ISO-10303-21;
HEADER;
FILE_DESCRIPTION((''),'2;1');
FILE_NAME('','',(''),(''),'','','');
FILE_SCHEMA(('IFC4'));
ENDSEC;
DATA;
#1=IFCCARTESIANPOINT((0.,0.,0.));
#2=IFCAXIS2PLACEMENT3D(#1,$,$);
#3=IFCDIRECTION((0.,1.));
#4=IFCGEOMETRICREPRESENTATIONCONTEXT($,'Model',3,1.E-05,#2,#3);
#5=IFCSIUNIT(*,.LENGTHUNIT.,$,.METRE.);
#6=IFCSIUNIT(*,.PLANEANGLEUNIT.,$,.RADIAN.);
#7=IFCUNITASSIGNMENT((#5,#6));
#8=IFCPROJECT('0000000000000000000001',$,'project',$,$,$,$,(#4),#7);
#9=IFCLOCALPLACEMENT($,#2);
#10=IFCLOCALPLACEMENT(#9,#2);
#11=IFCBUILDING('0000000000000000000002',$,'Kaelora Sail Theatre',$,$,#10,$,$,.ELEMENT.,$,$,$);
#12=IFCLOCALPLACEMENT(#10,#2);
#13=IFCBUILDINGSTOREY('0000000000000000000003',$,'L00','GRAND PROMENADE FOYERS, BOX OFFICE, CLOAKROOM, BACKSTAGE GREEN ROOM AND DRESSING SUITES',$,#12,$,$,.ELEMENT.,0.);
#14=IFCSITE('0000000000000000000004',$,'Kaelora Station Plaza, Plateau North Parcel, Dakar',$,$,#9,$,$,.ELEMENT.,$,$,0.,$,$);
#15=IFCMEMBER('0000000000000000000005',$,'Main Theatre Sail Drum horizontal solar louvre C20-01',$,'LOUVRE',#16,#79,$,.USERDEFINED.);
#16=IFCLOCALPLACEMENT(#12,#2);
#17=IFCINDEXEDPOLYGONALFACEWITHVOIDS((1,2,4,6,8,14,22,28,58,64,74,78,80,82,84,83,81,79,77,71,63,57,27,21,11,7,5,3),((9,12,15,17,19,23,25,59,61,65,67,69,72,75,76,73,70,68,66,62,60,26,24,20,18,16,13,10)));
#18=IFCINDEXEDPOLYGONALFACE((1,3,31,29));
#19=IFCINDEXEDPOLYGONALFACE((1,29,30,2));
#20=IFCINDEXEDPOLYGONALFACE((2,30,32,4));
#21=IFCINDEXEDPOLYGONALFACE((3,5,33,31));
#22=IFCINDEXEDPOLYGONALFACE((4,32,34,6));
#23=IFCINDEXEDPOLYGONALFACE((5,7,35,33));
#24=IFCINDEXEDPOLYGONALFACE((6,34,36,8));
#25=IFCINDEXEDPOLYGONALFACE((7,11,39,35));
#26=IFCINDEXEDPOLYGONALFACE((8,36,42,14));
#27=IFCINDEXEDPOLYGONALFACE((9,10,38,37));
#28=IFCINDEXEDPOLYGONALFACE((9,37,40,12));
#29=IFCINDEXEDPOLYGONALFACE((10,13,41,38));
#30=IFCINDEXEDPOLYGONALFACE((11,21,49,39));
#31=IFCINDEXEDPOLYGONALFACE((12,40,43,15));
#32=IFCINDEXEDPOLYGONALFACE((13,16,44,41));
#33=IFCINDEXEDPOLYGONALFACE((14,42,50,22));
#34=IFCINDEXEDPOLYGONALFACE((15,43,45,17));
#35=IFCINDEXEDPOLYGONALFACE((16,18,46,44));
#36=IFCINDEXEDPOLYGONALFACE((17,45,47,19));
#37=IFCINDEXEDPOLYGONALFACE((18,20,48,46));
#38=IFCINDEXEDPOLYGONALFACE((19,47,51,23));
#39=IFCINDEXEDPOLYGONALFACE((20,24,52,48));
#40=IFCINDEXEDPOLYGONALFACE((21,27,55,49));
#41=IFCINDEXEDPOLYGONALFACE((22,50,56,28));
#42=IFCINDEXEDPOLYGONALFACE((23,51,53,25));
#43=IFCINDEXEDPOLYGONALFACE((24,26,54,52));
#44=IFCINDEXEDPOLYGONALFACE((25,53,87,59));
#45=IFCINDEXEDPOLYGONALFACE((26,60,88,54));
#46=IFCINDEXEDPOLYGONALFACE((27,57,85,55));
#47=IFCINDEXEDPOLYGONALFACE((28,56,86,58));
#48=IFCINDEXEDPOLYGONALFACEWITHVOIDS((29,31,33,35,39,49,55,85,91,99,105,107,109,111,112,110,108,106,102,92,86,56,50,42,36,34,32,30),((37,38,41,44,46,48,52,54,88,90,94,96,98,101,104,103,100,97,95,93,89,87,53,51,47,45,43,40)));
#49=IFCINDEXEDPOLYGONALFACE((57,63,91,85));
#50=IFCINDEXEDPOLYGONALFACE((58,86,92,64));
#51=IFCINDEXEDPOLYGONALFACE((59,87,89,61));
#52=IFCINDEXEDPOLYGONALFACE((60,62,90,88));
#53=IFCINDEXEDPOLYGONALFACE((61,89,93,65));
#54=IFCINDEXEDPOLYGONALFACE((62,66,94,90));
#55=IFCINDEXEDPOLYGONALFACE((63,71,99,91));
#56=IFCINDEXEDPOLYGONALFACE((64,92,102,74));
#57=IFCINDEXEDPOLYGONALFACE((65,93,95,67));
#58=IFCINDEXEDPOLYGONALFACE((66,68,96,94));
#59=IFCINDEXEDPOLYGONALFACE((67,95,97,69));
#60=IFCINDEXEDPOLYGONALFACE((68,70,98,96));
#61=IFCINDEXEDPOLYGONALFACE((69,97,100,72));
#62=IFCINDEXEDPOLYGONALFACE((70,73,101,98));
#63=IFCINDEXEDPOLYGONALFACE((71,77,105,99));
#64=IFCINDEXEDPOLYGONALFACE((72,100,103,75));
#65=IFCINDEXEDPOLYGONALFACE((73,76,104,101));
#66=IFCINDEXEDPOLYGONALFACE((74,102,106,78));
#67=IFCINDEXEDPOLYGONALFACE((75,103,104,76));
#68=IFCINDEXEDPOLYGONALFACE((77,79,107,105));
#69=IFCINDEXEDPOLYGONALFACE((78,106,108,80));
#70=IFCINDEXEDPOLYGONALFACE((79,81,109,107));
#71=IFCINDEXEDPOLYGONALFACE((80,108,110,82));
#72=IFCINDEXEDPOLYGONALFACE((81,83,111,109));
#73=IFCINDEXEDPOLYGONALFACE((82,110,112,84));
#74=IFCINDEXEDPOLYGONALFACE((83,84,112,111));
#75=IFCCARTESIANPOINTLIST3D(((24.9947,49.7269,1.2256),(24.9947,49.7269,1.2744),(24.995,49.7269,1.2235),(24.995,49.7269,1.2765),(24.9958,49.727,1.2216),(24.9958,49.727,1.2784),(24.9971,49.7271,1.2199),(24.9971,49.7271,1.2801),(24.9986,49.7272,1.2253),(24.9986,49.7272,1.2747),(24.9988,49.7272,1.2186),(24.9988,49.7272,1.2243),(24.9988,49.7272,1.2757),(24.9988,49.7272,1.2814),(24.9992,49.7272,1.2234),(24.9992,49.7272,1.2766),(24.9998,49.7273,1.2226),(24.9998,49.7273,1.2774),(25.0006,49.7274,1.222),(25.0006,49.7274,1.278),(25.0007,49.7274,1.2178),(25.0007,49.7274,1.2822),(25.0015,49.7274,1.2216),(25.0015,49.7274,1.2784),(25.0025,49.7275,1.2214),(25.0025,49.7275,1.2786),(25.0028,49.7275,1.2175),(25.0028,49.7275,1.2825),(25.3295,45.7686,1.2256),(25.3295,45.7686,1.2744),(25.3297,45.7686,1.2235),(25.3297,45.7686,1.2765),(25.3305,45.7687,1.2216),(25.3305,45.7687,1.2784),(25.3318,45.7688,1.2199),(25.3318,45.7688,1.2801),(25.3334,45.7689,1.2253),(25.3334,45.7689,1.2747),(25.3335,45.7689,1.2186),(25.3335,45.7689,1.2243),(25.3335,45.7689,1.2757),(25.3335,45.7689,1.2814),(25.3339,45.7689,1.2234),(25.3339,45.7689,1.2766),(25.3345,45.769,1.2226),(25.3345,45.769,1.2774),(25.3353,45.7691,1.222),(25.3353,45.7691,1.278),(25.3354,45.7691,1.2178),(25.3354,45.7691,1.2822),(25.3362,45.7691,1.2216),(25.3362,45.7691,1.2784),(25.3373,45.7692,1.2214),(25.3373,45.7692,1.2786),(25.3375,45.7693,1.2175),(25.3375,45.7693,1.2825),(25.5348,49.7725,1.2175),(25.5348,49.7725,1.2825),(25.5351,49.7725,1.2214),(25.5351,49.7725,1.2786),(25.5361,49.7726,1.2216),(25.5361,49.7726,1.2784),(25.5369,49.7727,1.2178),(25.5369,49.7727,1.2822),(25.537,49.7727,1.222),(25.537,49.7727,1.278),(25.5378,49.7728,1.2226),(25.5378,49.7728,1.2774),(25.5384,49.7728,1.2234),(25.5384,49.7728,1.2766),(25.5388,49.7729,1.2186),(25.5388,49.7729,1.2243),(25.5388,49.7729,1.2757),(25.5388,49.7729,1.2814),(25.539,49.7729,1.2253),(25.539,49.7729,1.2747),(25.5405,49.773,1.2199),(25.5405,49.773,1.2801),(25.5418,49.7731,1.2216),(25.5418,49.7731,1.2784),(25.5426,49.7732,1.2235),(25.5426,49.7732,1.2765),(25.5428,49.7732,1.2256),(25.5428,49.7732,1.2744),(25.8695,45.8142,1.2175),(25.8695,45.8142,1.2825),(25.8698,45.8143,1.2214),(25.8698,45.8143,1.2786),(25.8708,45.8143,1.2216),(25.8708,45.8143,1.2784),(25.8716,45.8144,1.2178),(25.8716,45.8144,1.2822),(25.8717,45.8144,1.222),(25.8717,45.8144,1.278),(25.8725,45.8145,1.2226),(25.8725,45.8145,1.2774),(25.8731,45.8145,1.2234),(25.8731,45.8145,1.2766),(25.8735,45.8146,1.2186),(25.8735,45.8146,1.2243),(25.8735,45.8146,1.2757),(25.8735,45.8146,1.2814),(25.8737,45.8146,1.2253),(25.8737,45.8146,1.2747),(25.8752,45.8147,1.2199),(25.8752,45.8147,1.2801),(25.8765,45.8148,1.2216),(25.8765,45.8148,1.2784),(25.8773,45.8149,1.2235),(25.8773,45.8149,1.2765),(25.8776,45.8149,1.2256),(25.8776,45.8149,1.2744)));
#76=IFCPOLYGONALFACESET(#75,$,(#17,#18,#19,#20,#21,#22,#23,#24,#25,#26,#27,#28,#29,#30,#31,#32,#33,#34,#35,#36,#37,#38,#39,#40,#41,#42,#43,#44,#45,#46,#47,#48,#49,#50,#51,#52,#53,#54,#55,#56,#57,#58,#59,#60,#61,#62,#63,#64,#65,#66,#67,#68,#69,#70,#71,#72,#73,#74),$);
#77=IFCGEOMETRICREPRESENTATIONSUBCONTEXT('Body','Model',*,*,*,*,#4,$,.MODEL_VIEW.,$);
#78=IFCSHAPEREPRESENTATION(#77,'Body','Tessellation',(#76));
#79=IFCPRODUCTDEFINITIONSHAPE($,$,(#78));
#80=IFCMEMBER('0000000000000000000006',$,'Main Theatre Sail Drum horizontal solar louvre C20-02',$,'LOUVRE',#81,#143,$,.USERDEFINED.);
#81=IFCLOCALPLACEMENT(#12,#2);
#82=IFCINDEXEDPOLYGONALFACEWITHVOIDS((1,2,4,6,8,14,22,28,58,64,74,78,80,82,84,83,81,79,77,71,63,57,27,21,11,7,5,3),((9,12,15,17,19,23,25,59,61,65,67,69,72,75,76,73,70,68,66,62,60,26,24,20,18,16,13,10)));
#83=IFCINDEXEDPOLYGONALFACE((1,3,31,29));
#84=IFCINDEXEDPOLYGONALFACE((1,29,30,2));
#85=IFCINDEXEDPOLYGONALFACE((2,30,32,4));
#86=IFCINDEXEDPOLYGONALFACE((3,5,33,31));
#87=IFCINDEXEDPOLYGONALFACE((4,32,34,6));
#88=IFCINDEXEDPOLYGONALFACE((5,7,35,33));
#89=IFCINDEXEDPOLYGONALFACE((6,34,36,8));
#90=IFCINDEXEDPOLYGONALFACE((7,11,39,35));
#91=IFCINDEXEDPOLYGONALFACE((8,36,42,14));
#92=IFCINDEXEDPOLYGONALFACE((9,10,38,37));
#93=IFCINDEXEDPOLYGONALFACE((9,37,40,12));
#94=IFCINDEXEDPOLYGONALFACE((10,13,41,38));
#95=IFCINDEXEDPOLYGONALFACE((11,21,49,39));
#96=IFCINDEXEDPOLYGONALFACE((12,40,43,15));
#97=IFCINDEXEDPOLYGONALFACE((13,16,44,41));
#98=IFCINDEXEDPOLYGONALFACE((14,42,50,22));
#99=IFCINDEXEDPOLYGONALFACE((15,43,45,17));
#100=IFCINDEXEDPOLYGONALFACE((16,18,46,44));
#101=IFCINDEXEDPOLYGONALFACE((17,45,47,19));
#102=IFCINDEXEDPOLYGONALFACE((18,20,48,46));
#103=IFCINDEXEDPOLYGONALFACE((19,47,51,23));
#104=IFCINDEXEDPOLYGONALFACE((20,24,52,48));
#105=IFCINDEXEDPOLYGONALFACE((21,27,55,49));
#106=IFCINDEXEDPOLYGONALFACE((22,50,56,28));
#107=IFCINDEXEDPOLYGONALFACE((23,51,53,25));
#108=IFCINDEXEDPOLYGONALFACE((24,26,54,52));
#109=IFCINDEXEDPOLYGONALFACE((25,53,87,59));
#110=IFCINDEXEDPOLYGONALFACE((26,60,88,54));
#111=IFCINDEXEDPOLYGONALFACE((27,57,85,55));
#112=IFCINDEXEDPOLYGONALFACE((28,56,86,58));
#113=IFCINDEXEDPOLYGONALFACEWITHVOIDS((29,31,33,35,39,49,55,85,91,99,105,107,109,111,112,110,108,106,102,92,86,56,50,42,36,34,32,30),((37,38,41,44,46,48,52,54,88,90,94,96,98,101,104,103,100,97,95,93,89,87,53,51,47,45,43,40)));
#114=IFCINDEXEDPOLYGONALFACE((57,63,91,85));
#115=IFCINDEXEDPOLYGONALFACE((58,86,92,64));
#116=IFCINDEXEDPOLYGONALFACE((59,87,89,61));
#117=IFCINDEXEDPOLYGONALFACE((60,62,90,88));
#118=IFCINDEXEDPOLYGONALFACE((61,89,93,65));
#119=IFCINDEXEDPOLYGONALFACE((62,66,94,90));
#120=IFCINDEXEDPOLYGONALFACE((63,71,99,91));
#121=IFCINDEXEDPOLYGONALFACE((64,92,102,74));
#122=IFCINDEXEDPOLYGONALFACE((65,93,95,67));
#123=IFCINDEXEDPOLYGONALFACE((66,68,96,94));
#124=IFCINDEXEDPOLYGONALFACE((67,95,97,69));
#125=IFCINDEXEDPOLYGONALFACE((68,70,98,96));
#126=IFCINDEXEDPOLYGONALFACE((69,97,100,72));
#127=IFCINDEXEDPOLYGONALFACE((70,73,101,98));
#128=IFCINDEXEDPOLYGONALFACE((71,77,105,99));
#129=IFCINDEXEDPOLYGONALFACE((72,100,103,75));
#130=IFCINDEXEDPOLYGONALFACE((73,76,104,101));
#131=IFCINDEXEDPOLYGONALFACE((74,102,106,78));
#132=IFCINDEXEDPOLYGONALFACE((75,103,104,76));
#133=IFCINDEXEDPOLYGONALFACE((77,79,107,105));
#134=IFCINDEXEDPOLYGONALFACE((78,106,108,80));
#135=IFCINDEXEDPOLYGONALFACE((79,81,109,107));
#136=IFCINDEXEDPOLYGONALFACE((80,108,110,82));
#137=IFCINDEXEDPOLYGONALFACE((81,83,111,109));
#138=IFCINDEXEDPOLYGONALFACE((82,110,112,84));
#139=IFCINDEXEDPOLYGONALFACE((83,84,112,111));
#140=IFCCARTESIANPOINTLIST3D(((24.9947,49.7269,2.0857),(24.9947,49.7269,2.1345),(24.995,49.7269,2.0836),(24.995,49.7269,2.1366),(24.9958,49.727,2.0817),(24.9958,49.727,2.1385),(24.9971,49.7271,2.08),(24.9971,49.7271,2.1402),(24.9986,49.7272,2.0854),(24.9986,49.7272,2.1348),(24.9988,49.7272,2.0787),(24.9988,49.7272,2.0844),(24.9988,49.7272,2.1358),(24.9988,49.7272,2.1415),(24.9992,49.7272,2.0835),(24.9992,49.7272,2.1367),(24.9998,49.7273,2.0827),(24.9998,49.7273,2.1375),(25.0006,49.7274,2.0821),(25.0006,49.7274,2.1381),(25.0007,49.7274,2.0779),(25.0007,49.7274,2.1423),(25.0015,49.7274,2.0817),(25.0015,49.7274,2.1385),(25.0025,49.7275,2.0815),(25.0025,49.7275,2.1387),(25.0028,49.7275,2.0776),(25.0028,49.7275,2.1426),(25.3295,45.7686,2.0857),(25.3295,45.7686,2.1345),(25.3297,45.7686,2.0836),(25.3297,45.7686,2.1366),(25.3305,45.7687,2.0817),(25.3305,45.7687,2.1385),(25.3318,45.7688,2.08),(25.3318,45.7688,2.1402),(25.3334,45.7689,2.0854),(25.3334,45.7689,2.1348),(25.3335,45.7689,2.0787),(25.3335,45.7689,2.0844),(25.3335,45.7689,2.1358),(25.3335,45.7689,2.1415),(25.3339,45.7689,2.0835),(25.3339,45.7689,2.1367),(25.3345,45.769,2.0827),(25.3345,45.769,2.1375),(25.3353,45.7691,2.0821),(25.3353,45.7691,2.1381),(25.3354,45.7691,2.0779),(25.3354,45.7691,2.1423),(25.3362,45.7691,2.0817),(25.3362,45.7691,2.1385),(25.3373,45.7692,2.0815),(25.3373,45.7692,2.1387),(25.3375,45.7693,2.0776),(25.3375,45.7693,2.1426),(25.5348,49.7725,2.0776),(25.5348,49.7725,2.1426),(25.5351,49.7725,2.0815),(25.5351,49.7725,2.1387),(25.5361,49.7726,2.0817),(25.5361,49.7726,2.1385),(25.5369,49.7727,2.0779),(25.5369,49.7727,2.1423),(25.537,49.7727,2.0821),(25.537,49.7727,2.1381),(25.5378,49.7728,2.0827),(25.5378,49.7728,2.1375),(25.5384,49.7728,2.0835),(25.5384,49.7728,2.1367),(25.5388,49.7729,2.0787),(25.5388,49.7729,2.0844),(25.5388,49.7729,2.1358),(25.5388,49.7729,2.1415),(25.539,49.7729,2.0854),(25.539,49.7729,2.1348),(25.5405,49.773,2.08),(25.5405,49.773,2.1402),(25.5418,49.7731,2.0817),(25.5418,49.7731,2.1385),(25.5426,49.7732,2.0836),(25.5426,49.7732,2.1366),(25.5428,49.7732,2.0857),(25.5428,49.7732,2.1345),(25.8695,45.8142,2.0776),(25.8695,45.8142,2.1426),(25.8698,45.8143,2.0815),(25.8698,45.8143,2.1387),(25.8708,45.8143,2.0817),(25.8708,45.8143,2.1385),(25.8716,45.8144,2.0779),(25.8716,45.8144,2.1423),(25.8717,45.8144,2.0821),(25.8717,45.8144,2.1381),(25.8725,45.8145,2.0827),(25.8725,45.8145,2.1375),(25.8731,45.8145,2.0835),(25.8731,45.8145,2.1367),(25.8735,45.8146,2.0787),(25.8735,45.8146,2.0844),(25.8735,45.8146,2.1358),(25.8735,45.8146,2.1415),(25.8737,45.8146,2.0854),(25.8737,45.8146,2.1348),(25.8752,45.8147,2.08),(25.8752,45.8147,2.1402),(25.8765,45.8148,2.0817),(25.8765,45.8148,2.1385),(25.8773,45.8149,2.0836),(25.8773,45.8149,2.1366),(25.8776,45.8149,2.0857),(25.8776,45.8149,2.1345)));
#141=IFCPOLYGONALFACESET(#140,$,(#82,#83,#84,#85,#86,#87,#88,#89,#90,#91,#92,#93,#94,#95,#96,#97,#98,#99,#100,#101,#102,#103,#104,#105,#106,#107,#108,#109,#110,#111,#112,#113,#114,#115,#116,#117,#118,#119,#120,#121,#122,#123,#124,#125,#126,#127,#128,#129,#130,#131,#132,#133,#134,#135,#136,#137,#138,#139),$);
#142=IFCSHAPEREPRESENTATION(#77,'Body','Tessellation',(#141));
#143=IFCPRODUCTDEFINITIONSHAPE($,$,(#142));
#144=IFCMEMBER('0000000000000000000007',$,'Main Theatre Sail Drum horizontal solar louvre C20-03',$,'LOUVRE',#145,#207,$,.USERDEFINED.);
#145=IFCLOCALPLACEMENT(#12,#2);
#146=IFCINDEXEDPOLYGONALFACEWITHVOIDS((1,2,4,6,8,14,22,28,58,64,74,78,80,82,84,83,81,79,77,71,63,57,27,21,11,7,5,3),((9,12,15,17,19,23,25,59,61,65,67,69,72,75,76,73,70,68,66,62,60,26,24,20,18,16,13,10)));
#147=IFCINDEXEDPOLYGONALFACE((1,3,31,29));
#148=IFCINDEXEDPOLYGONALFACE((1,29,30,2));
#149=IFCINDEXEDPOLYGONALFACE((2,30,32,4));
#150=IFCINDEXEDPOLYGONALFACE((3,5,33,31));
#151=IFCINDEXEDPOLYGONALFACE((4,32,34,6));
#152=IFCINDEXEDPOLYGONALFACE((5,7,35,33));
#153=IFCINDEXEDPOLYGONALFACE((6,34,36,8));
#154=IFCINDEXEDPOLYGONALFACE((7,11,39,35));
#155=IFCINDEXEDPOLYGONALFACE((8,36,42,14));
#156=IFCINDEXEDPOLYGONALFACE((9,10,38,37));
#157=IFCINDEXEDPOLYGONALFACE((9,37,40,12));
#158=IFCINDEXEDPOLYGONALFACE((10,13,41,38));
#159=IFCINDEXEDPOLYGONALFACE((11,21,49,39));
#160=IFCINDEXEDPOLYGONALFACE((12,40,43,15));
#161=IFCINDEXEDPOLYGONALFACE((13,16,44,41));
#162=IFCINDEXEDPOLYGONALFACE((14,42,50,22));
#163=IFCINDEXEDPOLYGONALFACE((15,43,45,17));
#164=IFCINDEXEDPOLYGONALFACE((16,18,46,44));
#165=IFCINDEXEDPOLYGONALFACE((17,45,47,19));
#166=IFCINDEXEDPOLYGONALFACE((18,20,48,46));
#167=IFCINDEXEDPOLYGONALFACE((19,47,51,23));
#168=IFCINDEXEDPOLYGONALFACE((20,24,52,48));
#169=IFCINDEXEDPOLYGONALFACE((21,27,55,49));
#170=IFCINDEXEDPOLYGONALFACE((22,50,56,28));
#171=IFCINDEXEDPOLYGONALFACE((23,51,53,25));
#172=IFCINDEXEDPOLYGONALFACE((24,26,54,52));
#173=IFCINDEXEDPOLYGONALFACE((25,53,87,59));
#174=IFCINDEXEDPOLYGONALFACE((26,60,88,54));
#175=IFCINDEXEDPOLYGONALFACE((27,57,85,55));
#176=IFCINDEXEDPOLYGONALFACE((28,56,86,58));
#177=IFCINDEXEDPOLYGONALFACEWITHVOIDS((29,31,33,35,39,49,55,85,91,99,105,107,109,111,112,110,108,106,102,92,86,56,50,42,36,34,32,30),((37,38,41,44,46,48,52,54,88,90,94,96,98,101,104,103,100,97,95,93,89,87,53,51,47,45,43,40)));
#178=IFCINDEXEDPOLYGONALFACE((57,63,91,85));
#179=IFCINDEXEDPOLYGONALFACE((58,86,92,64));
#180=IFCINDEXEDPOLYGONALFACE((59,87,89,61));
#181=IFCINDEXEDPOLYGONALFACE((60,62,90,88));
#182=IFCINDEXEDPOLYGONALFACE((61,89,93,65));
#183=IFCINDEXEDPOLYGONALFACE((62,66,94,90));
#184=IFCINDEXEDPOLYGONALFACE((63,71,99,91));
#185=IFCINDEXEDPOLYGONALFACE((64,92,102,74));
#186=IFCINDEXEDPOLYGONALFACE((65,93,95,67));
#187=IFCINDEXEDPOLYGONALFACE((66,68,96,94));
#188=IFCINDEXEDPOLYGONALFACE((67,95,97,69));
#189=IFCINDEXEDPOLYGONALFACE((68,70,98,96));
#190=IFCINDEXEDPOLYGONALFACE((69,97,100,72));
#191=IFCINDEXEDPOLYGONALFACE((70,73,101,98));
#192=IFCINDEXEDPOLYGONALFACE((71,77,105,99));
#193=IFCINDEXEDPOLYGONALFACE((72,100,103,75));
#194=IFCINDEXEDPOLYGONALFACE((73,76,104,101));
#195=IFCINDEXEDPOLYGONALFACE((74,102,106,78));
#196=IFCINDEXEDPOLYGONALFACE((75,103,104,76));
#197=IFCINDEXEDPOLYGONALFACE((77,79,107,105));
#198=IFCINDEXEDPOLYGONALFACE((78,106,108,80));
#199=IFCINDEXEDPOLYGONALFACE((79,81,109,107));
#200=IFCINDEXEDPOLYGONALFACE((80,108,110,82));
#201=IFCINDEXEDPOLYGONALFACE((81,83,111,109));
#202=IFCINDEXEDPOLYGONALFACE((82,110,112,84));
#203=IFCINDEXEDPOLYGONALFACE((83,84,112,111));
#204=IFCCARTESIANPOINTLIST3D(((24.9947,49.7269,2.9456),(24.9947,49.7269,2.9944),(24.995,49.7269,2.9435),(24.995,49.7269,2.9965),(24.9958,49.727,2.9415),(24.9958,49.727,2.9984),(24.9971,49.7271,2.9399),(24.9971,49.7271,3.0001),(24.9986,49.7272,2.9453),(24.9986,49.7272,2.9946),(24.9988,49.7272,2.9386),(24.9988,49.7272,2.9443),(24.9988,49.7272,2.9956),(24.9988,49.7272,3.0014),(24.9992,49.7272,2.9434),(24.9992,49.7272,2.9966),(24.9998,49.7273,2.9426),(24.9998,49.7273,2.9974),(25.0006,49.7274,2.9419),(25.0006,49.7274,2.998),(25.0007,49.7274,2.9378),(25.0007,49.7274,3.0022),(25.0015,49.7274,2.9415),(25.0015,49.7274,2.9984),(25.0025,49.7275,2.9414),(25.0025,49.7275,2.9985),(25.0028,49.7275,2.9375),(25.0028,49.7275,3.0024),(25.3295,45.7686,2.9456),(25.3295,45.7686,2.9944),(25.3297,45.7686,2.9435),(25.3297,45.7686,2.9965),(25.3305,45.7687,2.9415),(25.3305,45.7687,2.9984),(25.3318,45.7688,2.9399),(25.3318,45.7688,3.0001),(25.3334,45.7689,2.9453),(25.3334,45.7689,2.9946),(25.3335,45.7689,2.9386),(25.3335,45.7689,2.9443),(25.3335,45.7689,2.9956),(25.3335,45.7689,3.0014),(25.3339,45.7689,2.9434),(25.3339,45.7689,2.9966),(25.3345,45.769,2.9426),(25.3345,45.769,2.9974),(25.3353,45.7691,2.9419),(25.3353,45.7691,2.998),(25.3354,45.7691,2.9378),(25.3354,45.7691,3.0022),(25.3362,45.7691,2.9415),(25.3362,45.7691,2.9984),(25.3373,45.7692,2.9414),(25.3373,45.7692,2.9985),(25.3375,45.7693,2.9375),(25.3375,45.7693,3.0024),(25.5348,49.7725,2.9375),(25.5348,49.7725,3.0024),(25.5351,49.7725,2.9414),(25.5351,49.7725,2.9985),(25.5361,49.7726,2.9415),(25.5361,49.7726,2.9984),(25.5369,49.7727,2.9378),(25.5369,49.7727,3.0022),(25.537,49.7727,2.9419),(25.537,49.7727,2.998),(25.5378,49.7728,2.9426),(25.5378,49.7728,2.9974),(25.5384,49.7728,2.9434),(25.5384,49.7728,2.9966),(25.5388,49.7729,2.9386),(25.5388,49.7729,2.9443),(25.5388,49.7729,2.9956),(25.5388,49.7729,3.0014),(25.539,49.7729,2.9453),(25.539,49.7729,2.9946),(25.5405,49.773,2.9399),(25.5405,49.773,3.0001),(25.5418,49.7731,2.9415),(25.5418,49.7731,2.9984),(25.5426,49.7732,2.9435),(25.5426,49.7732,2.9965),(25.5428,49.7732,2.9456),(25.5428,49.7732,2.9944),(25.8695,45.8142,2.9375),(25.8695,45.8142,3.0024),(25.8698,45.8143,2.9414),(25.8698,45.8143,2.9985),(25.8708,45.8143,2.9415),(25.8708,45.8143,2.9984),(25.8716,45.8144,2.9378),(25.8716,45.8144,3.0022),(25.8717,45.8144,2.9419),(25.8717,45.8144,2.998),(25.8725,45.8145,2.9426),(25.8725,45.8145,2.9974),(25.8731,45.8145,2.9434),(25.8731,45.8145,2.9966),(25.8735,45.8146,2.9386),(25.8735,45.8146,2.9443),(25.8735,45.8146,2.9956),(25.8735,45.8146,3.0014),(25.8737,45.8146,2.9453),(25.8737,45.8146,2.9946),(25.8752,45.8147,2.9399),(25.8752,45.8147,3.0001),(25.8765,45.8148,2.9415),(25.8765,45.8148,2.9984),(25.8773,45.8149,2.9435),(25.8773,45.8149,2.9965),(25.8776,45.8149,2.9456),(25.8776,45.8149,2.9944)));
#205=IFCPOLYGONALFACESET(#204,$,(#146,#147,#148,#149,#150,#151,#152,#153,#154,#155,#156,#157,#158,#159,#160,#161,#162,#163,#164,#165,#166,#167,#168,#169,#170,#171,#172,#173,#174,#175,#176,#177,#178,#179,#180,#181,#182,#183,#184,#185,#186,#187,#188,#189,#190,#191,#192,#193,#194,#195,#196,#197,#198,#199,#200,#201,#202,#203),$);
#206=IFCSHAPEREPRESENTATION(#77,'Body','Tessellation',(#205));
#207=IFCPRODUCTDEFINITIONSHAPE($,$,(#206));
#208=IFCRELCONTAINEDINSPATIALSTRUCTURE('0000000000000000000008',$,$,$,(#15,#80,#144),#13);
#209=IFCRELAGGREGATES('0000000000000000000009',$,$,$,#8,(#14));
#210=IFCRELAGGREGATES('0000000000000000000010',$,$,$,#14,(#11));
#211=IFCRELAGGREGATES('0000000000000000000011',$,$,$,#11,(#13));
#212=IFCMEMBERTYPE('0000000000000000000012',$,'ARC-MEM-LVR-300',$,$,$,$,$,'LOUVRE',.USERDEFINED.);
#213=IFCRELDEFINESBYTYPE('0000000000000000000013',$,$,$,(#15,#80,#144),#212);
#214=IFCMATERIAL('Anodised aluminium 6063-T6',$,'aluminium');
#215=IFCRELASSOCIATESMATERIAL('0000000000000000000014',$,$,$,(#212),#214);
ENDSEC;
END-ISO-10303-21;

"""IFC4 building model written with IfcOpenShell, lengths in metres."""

from ifc_helpers import new_model, si_unit, direction, frame, origin, origin_2d, place, context, subcontext, project, spatial, hollow_rectangle, extrude, material, material_profile, profile_set, type_object, element, save


model = new_model("IFC4")

# Units and contexts
model_context = context("Model", 3, precision=1e-05, world=origin(), true_north=direction((0.0, 1.0)))
body_context = subcontext(model_context, "Body", "Model", "MODEL_VIEW")
ifc_project = project(units=[si_unit("LENGTHUNIT", "METRE"), si_unit("PLANEANGLEUNIT", "RADIAN")], contexts=[model_context])

# Site, building, storey
site_placement = place(None, origin())
site = spatial("IfcSite", under=ifc_project, at=site_placement, Name="Kaelora Station Plaza, Plateau North Parcel, Dakar", CompositionType="ELEMENT", RefElevation=0.0)
building_placement = place(site_placement, origin())
building = spatial("IfcBuilding", under=site, at=building_placement, Name="Kaelora Sail Theatre", CompositionType="ELEMENT")
storey_placement = place(building_placement, origin())
storey = spatial("IfcBuildingStorey", under=building, at=storey_placement, Name="L00", Description="GRAND PROMENADE FOYERS, BOX OFFICE, CLOAKROOM, BACKSTAGE GREEN ROOM AND DRESSING SUITES", CompositionType="ELEMENT", Elevation=0.0)

# Members
ifc_material_1 = material(Name="Anodised aluminium 6063-T6", Category="aluminium")
ifc_material_profile_1 = material_profile(ifc_material_1, hollow_rectangle(XDim=0.55, YDim=0.0649, WallThickness=0.0039, InnerFilletRadius=0.0039, OuterFilletRadius=0.0081, at=origin_2d()), Name="LOUVRE 550x65x4")
ifc_profile_set_1 = profile_set([ifc_material_profile_1], Name="Anodised aluminium 6063-T6")
member_type_1 = type_object("IfcMemberType", Name="ARC-MEM-LVR-300", ElementType="LOUVRE", PredefinedType="USERDEFINED", material=ifc_profile_set_1)
for number, where, z_axis, x_axis, name in (
    (1, (25.6035, 45.7917, 1.25), (-0.084261, 0.996444, 0.0), (-0.996444, -0.084261, 0.0), "Main Theatre Sail Drum horizontal solar louvre C20-01"),
    (2, (25.6035, 45.7917, 2.1101), (-0.084261, 0.996444, 0.0), (-0.996444, -0.084261, 0.0), "Main Theatre Sail Drum horizontal solar louvre C20-02"),
    (3, (25.6035, 45.7917, 2.97), (-0.084261, 0.996444, 0.0), (-0.996444, -0.084261, 0.0), "Main Theatre Sail Drum horizontal solar louvre C20-03"),
):
    element("IfcMember", number, at=place(storey_placement, frame(where, z_axis=z_axis, x_axis=x_axis)), inside=storey, type_object=member_type_1, Name=name, ObjectType="LOUVRE", PredefinedType="USERDEFINED", context=body_context, shape_type="SweptSolid", body=[
        extrude(hollow_rectangle(XDim=0.55, YDim=0.0649, WallThickness=0.0039, InnerFilletRadius=0.0039, OuterFilletRadius=0.0081, at=origin_2d()), origin(), (0.0, 0.0, 1.0), 3.9724),
    ])

save(model, "model.ifc")
